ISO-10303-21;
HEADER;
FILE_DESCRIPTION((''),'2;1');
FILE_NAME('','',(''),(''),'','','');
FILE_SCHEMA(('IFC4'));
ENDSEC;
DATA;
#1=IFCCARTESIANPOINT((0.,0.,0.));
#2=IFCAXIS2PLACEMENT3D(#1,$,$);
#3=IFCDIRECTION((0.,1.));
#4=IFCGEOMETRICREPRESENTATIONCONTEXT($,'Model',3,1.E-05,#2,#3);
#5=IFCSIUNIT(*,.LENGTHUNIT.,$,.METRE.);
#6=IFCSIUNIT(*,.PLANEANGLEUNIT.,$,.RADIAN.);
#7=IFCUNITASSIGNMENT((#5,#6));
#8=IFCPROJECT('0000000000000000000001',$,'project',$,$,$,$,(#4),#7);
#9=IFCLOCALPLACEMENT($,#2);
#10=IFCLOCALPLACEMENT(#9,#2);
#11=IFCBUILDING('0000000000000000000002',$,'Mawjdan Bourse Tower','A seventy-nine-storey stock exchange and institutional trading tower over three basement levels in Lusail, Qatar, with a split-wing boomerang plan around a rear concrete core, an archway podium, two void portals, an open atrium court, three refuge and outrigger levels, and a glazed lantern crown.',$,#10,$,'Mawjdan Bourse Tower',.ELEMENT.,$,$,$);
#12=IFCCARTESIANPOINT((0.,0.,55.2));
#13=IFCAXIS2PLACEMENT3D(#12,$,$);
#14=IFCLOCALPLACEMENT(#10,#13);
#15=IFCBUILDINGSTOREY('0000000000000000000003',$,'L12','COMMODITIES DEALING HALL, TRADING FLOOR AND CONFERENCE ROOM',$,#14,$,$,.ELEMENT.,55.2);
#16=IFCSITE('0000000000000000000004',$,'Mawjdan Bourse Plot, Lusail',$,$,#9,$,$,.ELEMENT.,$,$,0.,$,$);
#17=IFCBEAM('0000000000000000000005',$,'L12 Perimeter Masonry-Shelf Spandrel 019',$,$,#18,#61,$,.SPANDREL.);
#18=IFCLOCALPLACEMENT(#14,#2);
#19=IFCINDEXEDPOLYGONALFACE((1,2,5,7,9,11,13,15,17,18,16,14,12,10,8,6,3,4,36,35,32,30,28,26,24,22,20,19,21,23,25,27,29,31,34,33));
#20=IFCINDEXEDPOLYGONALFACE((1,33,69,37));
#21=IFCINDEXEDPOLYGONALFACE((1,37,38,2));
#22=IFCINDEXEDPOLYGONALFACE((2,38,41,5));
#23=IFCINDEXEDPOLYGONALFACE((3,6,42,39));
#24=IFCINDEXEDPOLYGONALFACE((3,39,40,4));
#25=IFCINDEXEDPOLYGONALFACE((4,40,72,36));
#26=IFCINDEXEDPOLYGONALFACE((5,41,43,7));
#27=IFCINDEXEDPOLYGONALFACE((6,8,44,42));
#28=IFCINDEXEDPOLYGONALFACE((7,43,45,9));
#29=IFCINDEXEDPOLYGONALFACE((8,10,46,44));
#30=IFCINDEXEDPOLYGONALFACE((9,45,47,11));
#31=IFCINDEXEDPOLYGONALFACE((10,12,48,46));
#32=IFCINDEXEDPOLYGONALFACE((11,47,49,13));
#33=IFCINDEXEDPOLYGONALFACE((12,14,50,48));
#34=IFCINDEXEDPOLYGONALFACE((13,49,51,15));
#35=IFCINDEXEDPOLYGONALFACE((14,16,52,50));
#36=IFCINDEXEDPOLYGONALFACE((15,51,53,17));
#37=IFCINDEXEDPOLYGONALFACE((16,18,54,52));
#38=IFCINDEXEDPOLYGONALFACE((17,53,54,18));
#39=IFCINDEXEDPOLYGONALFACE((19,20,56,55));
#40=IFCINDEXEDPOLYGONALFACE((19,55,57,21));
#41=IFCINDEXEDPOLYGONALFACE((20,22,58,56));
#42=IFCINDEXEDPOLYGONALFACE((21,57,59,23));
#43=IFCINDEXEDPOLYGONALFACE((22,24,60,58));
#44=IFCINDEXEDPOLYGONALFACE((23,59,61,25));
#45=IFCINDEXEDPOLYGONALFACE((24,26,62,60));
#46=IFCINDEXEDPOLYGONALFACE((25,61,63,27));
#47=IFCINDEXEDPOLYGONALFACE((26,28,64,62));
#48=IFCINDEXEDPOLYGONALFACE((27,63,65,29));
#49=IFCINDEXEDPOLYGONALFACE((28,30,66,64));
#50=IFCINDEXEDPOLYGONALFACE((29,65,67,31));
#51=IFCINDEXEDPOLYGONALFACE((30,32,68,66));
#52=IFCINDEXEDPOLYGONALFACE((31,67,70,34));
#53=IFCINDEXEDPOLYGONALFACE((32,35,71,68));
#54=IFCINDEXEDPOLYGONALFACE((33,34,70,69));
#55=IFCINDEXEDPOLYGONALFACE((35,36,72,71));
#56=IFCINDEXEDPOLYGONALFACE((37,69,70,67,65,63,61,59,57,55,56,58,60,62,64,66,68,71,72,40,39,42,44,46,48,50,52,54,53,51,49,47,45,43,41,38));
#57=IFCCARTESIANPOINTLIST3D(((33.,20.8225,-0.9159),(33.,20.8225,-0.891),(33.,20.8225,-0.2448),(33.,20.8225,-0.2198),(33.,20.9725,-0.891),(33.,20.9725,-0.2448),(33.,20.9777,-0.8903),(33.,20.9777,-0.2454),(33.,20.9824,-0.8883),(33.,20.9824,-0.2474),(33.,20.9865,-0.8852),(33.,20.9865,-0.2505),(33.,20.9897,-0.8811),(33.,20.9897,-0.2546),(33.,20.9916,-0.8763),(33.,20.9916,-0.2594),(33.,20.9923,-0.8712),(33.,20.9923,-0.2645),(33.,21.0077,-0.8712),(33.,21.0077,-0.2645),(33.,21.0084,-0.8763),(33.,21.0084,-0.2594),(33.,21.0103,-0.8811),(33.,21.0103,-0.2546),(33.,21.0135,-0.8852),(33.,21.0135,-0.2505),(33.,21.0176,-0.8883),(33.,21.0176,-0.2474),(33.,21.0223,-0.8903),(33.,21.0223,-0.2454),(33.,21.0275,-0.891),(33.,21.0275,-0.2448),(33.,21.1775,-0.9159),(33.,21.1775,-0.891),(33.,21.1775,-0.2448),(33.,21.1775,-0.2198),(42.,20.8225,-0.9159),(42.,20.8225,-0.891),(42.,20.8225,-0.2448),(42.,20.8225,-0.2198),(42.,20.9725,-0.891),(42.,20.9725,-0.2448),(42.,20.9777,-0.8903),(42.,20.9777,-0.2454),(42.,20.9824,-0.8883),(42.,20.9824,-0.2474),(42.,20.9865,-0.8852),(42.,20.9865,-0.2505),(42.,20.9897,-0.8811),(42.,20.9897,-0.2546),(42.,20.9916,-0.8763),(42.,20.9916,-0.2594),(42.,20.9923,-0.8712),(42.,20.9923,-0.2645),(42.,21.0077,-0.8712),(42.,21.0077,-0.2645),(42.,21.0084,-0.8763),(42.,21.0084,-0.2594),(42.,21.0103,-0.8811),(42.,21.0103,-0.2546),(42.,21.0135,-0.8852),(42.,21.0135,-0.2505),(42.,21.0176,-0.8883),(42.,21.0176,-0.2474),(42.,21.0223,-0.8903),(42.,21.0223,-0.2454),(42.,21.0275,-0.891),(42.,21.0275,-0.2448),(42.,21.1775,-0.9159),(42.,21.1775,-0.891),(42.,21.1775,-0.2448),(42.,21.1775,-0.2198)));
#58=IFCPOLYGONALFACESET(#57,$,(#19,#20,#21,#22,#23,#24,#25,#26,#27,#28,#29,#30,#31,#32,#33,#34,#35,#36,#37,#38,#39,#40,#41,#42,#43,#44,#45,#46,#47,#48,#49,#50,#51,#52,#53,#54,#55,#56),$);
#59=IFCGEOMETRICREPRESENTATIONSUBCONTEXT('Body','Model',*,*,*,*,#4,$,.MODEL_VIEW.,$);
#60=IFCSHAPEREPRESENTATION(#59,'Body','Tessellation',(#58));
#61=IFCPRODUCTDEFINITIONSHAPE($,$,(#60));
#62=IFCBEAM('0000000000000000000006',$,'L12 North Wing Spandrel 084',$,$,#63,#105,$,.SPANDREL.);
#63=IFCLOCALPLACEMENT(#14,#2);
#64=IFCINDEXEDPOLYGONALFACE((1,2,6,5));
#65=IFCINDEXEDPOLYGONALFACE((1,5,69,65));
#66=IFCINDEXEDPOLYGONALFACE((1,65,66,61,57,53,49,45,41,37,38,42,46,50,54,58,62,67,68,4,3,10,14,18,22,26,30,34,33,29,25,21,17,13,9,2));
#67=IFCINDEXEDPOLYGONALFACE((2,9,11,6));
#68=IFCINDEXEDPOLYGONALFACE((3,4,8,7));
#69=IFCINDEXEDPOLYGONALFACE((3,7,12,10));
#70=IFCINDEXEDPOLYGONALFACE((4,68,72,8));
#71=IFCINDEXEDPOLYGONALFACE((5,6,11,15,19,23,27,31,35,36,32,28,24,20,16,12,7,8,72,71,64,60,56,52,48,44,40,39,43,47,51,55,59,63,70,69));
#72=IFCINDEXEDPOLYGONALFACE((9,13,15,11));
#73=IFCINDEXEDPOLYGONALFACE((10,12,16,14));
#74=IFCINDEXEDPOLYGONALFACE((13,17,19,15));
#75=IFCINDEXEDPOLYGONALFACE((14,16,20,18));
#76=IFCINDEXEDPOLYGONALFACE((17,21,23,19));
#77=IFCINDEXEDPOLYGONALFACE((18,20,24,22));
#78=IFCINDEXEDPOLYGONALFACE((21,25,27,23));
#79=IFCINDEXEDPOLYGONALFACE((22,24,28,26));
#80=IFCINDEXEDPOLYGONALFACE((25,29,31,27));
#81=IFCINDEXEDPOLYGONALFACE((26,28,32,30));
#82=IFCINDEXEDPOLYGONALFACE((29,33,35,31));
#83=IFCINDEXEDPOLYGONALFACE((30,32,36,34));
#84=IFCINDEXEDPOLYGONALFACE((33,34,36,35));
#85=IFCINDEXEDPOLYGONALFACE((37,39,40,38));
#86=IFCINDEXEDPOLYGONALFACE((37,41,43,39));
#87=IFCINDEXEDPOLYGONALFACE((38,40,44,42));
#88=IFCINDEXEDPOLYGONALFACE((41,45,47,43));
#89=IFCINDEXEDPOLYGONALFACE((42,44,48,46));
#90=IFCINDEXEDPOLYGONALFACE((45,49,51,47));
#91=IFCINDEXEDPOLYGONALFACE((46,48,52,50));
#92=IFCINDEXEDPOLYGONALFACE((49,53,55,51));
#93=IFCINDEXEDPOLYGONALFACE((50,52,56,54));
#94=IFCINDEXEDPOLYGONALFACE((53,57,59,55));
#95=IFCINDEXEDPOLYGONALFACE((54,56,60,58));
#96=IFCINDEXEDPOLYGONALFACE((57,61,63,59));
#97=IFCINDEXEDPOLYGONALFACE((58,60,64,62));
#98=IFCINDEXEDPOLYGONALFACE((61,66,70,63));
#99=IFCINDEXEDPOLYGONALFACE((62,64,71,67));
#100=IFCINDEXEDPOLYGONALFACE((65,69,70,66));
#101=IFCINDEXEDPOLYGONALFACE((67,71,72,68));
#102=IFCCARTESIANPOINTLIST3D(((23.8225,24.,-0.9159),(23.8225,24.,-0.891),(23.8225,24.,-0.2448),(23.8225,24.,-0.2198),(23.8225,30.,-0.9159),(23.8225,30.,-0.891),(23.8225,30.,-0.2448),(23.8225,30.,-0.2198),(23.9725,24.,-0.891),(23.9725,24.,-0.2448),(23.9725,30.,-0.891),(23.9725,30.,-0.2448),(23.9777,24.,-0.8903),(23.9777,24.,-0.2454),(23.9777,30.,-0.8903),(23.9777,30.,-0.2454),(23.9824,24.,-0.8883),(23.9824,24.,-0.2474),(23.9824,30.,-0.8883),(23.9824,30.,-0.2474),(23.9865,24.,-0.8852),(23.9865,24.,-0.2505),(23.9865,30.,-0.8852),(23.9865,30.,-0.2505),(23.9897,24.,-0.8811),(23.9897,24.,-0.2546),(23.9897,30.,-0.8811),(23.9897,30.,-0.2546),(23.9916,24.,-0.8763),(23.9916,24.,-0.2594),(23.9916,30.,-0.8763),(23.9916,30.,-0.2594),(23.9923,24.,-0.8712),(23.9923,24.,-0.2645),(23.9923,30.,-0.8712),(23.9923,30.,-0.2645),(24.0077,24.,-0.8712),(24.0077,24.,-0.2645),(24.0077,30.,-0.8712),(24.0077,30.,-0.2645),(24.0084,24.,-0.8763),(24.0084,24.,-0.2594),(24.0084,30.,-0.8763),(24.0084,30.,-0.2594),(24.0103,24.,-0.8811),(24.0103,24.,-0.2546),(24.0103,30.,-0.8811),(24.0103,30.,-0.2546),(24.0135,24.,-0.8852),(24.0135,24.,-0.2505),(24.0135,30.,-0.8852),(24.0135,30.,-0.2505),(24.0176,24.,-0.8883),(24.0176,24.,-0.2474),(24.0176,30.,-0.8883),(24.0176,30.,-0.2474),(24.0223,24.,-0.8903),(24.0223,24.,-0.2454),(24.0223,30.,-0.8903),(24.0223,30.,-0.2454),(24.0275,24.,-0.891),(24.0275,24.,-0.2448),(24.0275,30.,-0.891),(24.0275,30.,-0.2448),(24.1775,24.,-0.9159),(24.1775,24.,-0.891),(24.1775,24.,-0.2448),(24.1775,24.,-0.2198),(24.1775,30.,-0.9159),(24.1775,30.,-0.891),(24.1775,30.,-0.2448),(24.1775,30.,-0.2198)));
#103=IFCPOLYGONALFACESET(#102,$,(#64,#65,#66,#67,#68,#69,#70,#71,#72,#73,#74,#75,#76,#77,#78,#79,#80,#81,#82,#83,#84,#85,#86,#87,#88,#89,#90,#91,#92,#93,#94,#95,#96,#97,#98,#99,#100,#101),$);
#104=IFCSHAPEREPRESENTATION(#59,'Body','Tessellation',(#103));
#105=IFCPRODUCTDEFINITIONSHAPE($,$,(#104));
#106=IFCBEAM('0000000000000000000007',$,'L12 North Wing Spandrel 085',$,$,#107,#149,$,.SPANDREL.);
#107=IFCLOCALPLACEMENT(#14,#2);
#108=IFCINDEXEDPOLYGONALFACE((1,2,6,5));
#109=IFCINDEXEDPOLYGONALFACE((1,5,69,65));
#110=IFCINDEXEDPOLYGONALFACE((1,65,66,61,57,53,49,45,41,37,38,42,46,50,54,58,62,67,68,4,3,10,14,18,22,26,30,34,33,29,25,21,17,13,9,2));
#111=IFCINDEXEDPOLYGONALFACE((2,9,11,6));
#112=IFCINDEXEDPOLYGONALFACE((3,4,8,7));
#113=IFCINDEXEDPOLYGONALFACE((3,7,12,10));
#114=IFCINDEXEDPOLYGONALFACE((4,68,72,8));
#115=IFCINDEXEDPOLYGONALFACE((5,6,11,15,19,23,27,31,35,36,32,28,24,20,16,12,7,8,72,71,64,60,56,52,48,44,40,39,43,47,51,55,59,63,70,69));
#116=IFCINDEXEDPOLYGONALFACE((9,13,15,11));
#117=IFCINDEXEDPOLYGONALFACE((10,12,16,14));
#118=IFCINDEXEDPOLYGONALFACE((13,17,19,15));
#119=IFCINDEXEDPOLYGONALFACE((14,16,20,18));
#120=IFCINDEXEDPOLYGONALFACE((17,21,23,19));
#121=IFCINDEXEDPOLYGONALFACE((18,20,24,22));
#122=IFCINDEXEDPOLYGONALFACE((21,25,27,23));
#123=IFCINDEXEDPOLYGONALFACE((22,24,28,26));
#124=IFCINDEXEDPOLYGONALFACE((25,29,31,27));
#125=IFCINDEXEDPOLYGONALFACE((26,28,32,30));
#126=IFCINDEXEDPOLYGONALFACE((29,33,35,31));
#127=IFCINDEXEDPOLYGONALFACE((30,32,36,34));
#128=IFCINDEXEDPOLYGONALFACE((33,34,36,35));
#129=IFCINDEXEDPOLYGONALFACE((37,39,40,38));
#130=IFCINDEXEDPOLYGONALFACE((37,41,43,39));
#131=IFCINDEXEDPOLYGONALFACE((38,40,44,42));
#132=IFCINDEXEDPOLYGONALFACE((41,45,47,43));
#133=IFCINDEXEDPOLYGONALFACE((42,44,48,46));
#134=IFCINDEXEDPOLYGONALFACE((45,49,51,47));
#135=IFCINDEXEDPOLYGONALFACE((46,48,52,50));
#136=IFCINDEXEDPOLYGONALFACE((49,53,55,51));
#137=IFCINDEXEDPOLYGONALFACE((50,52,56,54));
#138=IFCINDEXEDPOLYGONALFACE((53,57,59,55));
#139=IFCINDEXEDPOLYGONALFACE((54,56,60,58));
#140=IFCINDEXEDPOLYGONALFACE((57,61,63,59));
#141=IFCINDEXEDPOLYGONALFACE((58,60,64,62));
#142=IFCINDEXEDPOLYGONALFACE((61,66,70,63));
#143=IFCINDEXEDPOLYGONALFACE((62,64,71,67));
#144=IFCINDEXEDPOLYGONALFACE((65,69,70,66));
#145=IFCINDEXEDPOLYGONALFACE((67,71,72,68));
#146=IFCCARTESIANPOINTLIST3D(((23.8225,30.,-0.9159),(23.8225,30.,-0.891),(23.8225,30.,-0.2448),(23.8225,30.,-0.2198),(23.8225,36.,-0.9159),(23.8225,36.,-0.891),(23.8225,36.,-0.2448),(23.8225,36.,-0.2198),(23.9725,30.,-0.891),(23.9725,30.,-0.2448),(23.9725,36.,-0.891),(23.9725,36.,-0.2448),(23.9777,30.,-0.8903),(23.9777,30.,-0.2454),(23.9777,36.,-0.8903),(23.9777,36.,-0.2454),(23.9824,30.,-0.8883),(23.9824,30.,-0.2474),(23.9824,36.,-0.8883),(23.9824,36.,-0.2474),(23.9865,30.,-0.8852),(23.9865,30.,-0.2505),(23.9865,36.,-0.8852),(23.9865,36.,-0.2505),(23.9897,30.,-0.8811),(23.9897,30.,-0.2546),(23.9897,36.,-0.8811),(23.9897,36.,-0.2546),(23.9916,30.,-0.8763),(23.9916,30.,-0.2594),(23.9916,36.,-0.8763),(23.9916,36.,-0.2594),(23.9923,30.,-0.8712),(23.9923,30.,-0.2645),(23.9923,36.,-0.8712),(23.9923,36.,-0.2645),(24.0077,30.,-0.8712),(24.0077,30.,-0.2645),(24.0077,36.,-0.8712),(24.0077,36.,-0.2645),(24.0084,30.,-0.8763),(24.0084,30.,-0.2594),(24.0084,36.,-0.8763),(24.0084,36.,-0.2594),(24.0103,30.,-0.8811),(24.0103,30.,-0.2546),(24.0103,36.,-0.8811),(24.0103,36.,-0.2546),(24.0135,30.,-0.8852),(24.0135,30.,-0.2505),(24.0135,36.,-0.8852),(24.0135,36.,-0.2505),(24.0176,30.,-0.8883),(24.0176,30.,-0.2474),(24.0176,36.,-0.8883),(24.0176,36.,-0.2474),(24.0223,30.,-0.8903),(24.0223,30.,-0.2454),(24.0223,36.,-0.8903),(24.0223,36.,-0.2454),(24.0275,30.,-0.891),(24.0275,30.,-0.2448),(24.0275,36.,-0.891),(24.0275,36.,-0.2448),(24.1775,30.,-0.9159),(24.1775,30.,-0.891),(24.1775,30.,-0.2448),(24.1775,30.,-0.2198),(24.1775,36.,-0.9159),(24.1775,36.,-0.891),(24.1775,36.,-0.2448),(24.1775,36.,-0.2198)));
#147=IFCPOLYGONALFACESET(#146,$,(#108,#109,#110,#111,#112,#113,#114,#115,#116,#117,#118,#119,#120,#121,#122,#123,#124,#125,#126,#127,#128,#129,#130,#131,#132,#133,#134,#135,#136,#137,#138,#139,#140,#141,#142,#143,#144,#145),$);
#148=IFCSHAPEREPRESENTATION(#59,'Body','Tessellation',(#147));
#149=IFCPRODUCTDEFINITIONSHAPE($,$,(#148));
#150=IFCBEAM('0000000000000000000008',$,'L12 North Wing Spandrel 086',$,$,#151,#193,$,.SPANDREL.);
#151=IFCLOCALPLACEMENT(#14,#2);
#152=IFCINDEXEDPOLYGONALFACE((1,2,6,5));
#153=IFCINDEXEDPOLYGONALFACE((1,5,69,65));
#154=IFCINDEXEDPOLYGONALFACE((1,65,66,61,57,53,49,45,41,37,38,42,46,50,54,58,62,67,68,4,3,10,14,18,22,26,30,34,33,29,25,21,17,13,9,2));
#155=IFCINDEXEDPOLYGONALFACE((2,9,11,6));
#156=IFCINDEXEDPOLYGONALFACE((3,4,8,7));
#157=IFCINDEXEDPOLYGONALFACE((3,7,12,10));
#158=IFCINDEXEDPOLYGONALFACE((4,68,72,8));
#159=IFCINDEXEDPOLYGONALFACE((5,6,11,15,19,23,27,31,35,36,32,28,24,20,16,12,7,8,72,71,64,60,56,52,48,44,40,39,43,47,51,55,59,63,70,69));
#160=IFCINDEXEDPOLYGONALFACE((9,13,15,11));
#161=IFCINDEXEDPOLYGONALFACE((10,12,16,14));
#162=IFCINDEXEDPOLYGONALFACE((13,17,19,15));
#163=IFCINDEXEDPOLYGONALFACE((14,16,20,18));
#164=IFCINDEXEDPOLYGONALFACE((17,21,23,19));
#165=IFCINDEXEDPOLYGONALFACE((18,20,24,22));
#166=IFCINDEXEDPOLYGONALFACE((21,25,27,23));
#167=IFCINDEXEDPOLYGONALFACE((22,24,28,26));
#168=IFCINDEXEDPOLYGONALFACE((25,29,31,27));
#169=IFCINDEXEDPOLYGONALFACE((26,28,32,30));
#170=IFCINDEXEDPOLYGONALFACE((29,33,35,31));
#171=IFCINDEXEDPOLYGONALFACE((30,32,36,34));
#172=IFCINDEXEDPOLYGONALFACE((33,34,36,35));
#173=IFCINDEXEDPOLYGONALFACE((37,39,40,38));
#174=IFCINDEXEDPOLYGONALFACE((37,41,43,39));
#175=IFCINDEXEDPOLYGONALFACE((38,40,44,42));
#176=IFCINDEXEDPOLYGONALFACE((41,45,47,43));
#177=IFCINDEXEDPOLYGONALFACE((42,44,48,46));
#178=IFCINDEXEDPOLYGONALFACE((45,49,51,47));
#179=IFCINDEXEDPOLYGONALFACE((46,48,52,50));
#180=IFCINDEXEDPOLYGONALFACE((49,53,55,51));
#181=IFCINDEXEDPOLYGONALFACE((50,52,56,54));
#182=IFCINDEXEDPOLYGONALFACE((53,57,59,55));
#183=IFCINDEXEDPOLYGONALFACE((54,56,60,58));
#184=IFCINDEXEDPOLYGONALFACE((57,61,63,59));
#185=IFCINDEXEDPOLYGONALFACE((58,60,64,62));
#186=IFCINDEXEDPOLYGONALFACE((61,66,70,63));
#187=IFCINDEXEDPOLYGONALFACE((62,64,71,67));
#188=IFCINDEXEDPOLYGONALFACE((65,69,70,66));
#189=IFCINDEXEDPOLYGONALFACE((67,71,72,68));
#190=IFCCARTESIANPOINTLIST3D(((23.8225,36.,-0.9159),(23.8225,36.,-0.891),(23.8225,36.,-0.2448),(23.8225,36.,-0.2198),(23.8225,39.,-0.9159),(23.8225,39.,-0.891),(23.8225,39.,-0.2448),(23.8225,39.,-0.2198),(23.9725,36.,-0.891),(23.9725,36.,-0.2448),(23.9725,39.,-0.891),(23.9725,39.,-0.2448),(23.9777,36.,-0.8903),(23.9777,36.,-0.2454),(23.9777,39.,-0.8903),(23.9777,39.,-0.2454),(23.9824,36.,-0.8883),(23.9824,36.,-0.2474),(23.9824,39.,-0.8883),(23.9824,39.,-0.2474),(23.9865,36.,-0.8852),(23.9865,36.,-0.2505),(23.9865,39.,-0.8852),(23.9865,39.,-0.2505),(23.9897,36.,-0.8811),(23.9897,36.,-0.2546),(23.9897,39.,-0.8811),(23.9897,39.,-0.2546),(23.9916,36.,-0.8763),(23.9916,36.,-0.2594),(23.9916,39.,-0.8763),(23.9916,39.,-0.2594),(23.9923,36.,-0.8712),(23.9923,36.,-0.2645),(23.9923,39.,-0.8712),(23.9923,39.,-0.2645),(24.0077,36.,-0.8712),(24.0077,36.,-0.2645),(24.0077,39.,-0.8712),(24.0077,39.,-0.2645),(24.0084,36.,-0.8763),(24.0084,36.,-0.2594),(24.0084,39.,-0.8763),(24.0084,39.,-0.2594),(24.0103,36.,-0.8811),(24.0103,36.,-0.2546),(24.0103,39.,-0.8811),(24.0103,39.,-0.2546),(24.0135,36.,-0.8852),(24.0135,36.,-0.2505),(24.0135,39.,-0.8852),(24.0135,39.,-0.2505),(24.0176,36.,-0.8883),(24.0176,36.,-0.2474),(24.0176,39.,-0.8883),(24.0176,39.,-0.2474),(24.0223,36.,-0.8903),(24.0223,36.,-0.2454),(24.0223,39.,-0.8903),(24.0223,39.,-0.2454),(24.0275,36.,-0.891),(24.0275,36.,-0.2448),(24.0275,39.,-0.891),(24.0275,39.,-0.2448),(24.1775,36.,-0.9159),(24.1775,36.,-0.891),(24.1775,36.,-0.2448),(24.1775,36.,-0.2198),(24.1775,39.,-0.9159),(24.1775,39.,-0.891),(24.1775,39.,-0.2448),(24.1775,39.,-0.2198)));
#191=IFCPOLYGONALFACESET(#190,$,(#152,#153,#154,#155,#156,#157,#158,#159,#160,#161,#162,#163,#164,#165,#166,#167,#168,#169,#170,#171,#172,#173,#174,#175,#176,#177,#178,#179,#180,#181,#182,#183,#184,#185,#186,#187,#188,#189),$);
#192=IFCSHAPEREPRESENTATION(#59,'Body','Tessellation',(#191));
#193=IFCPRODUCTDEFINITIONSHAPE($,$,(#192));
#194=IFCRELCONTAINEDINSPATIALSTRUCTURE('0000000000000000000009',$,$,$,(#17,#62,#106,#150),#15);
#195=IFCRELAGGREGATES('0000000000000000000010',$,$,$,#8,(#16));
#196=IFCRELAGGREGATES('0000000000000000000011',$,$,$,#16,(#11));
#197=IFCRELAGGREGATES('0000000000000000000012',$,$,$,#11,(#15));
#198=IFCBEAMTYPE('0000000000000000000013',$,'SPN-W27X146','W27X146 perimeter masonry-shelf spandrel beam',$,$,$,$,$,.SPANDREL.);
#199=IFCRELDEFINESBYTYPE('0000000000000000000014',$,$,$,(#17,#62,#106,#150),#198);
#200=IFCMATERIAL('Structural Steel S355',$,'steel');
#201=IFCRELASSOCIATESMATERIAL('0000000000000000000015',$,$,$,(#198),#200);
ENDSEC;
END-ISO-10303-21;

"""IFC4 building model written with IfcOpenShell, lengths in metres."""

from ifc_helpers import new_model, si_unit, direction, frame, origin, origin_2d, place, context, subcontext, project, spatial, i_section, extrude, material, material_profile, profile_set, type_object, element, save


model = new_model("IFC4")

# Units and contexts
model_context = context("Model", 3, precision=1e-05, world=origin(), true_north=direction((0.0, 1.0)))
body_context = subcontext(model_context, "Body", "Model", "MODEL_VIEW")
ifc_project = project(units=[si_unit("LENGTHUNIT", "METRE"), si_unit("PLANEANGLEUNIT", "RADIAN")], contexts=[model_context])

# Site, building, storey
site_placement = place(None, origin())
site = spatial("IfcSite", under=ifc_project, at=site_placement, Name="Mawjdan Bourse Plot, Lusail", CompositionType="ELEMENT", RefElevation=0.0)
building_placement = place(site_placement, origin())
building = spatial("IfcBuilding", under=site, at=building_placement, Name="Mawjdan Bourse Tower", Description="A seventy-nine-storey stock exchange and institutional trading tower over three basement levels in Lusail, Qatar, with a split-wing boomerang plan around a rear concrete core, an archway podium, two void portals, an open atrium court, three refuge and outrigger levels, and a glazed lantern crown.", LongName="Mawjdan Bourse Tower", CompositionType="ELEMENT")
storey_placement = place(building_placement, frame((0.0, 0.0, 55.2)))
storey = spatial("IfcBuildingStorey", under=building, at=storey_placement, Name="L12", Description="COMMODITIES DEALING HALL, TRADING FLOOR AND CONFERENCE ROOM", CompositionType="ELEMENT", Elevation=55.2)

# Beams
ifc_material_1 = material(Name="Structural Steel S355", Category="steel")
ifc_material_profile_1 = material_profile(ifc_material_1, i_section(OverallWidth=0.355, OverallDepth=0.696, WebThickness=0.0154, FlangeThickness=0.0249, FilletRadius=0.0198, at=origin_2d()), Name="W27X146")
ifc_profile_set_1 = profile_set([ifc_material_profile_1], Name="Structural Steel S355")
beam_type_1 = type_object("IfcBeamType", Name="SPN-W27X146", Description="W27X146 perimeter masonry-shelf spandrel beam", PredefinedType="SPANDREL", material=ifc_profile_set_1)
beam_1_placement = place(storey_placement, frame((33.0, 21.0, -0.5679), z_axis=(1.0, 0.0, 0.0), x_axis=(0.0, 1.0, 0.0)))
element("IfcBeam", 1, at=beam_1_placement, inside=storey, type_object=beam_type_1, Name="L12 Perimeter Masonry-Shelf Spandrel 019", PredefinedType="SPANDREL", context=body_context, shape_type="SweptSolid", body=[
    extrude(i_section(OverallWidth=0.355, OverallDepth=0.696, WebThickness=0.0154, FlangeThickness=0.0249, FilletRadius=0.0198, at=origin_2d()), origin(), (0.0, 0.0, 1.0), 9.0),
])
for number, where, z_axis, x_axis, name in (
    (2, (24.0, 24.0, -0.5679), (0.0, 1.0, 0.0), (-1.0, 0.0, 0.0), "L12 North Wing Spandrel 084"),
    (3, (24.0, 30.0, -0.5679), (0.0, 1.0, 0.0), (-1.0, 0.0, 0.0), "L12 North Wing Spandrel 085"),
):
    element("IfcBeam", number, at=place(storey_placement, frame(where, z_axis=z_axis, x_axis=x_axis)), inside=storey, type_object=beam_type_1, Name=name, PredefinedType="SPANDREL", context=body_context, shape_type="SweptSolid", body=[
        extrude(i_section(OverallWidth=0.355, OverallDepth=0.696, WebThickness=0.0154, FlangeThickness=0.0249, FilletRadius=0.0198, at=origin_2d()), origin(), (0.0, 0.0, 1.0), 6.0),
    ])
for number, where, z_axis, x_axis, name in (
    (4, (24.0, 36.0, -0.5679), (0.0, 1.0, 0.0), (-1.0, 0.0, 0.0), "L12 North Wing Spandrel 086"),
):
    element("IfcBeam", number, at=place(storey_placement, frame(where, z_axis=z_axis, x_axis=x_axis)), inside=storey, type_object=beam_type_1, Name=name, PredefinedType="SPANDREL", context=body_context, shape_type="SweptSolid", body=[
        extrude(i_section(OverallWidth=0.355, OverallDepth=0.696, WebThickness=0.0154, FlangeThickness=0.0249, FilletRadius=0.0198, at=origin_2d()), origin(), (0.0, 0.0, 1.0), 3.0),
    ])

save(model, "model.ifc")
